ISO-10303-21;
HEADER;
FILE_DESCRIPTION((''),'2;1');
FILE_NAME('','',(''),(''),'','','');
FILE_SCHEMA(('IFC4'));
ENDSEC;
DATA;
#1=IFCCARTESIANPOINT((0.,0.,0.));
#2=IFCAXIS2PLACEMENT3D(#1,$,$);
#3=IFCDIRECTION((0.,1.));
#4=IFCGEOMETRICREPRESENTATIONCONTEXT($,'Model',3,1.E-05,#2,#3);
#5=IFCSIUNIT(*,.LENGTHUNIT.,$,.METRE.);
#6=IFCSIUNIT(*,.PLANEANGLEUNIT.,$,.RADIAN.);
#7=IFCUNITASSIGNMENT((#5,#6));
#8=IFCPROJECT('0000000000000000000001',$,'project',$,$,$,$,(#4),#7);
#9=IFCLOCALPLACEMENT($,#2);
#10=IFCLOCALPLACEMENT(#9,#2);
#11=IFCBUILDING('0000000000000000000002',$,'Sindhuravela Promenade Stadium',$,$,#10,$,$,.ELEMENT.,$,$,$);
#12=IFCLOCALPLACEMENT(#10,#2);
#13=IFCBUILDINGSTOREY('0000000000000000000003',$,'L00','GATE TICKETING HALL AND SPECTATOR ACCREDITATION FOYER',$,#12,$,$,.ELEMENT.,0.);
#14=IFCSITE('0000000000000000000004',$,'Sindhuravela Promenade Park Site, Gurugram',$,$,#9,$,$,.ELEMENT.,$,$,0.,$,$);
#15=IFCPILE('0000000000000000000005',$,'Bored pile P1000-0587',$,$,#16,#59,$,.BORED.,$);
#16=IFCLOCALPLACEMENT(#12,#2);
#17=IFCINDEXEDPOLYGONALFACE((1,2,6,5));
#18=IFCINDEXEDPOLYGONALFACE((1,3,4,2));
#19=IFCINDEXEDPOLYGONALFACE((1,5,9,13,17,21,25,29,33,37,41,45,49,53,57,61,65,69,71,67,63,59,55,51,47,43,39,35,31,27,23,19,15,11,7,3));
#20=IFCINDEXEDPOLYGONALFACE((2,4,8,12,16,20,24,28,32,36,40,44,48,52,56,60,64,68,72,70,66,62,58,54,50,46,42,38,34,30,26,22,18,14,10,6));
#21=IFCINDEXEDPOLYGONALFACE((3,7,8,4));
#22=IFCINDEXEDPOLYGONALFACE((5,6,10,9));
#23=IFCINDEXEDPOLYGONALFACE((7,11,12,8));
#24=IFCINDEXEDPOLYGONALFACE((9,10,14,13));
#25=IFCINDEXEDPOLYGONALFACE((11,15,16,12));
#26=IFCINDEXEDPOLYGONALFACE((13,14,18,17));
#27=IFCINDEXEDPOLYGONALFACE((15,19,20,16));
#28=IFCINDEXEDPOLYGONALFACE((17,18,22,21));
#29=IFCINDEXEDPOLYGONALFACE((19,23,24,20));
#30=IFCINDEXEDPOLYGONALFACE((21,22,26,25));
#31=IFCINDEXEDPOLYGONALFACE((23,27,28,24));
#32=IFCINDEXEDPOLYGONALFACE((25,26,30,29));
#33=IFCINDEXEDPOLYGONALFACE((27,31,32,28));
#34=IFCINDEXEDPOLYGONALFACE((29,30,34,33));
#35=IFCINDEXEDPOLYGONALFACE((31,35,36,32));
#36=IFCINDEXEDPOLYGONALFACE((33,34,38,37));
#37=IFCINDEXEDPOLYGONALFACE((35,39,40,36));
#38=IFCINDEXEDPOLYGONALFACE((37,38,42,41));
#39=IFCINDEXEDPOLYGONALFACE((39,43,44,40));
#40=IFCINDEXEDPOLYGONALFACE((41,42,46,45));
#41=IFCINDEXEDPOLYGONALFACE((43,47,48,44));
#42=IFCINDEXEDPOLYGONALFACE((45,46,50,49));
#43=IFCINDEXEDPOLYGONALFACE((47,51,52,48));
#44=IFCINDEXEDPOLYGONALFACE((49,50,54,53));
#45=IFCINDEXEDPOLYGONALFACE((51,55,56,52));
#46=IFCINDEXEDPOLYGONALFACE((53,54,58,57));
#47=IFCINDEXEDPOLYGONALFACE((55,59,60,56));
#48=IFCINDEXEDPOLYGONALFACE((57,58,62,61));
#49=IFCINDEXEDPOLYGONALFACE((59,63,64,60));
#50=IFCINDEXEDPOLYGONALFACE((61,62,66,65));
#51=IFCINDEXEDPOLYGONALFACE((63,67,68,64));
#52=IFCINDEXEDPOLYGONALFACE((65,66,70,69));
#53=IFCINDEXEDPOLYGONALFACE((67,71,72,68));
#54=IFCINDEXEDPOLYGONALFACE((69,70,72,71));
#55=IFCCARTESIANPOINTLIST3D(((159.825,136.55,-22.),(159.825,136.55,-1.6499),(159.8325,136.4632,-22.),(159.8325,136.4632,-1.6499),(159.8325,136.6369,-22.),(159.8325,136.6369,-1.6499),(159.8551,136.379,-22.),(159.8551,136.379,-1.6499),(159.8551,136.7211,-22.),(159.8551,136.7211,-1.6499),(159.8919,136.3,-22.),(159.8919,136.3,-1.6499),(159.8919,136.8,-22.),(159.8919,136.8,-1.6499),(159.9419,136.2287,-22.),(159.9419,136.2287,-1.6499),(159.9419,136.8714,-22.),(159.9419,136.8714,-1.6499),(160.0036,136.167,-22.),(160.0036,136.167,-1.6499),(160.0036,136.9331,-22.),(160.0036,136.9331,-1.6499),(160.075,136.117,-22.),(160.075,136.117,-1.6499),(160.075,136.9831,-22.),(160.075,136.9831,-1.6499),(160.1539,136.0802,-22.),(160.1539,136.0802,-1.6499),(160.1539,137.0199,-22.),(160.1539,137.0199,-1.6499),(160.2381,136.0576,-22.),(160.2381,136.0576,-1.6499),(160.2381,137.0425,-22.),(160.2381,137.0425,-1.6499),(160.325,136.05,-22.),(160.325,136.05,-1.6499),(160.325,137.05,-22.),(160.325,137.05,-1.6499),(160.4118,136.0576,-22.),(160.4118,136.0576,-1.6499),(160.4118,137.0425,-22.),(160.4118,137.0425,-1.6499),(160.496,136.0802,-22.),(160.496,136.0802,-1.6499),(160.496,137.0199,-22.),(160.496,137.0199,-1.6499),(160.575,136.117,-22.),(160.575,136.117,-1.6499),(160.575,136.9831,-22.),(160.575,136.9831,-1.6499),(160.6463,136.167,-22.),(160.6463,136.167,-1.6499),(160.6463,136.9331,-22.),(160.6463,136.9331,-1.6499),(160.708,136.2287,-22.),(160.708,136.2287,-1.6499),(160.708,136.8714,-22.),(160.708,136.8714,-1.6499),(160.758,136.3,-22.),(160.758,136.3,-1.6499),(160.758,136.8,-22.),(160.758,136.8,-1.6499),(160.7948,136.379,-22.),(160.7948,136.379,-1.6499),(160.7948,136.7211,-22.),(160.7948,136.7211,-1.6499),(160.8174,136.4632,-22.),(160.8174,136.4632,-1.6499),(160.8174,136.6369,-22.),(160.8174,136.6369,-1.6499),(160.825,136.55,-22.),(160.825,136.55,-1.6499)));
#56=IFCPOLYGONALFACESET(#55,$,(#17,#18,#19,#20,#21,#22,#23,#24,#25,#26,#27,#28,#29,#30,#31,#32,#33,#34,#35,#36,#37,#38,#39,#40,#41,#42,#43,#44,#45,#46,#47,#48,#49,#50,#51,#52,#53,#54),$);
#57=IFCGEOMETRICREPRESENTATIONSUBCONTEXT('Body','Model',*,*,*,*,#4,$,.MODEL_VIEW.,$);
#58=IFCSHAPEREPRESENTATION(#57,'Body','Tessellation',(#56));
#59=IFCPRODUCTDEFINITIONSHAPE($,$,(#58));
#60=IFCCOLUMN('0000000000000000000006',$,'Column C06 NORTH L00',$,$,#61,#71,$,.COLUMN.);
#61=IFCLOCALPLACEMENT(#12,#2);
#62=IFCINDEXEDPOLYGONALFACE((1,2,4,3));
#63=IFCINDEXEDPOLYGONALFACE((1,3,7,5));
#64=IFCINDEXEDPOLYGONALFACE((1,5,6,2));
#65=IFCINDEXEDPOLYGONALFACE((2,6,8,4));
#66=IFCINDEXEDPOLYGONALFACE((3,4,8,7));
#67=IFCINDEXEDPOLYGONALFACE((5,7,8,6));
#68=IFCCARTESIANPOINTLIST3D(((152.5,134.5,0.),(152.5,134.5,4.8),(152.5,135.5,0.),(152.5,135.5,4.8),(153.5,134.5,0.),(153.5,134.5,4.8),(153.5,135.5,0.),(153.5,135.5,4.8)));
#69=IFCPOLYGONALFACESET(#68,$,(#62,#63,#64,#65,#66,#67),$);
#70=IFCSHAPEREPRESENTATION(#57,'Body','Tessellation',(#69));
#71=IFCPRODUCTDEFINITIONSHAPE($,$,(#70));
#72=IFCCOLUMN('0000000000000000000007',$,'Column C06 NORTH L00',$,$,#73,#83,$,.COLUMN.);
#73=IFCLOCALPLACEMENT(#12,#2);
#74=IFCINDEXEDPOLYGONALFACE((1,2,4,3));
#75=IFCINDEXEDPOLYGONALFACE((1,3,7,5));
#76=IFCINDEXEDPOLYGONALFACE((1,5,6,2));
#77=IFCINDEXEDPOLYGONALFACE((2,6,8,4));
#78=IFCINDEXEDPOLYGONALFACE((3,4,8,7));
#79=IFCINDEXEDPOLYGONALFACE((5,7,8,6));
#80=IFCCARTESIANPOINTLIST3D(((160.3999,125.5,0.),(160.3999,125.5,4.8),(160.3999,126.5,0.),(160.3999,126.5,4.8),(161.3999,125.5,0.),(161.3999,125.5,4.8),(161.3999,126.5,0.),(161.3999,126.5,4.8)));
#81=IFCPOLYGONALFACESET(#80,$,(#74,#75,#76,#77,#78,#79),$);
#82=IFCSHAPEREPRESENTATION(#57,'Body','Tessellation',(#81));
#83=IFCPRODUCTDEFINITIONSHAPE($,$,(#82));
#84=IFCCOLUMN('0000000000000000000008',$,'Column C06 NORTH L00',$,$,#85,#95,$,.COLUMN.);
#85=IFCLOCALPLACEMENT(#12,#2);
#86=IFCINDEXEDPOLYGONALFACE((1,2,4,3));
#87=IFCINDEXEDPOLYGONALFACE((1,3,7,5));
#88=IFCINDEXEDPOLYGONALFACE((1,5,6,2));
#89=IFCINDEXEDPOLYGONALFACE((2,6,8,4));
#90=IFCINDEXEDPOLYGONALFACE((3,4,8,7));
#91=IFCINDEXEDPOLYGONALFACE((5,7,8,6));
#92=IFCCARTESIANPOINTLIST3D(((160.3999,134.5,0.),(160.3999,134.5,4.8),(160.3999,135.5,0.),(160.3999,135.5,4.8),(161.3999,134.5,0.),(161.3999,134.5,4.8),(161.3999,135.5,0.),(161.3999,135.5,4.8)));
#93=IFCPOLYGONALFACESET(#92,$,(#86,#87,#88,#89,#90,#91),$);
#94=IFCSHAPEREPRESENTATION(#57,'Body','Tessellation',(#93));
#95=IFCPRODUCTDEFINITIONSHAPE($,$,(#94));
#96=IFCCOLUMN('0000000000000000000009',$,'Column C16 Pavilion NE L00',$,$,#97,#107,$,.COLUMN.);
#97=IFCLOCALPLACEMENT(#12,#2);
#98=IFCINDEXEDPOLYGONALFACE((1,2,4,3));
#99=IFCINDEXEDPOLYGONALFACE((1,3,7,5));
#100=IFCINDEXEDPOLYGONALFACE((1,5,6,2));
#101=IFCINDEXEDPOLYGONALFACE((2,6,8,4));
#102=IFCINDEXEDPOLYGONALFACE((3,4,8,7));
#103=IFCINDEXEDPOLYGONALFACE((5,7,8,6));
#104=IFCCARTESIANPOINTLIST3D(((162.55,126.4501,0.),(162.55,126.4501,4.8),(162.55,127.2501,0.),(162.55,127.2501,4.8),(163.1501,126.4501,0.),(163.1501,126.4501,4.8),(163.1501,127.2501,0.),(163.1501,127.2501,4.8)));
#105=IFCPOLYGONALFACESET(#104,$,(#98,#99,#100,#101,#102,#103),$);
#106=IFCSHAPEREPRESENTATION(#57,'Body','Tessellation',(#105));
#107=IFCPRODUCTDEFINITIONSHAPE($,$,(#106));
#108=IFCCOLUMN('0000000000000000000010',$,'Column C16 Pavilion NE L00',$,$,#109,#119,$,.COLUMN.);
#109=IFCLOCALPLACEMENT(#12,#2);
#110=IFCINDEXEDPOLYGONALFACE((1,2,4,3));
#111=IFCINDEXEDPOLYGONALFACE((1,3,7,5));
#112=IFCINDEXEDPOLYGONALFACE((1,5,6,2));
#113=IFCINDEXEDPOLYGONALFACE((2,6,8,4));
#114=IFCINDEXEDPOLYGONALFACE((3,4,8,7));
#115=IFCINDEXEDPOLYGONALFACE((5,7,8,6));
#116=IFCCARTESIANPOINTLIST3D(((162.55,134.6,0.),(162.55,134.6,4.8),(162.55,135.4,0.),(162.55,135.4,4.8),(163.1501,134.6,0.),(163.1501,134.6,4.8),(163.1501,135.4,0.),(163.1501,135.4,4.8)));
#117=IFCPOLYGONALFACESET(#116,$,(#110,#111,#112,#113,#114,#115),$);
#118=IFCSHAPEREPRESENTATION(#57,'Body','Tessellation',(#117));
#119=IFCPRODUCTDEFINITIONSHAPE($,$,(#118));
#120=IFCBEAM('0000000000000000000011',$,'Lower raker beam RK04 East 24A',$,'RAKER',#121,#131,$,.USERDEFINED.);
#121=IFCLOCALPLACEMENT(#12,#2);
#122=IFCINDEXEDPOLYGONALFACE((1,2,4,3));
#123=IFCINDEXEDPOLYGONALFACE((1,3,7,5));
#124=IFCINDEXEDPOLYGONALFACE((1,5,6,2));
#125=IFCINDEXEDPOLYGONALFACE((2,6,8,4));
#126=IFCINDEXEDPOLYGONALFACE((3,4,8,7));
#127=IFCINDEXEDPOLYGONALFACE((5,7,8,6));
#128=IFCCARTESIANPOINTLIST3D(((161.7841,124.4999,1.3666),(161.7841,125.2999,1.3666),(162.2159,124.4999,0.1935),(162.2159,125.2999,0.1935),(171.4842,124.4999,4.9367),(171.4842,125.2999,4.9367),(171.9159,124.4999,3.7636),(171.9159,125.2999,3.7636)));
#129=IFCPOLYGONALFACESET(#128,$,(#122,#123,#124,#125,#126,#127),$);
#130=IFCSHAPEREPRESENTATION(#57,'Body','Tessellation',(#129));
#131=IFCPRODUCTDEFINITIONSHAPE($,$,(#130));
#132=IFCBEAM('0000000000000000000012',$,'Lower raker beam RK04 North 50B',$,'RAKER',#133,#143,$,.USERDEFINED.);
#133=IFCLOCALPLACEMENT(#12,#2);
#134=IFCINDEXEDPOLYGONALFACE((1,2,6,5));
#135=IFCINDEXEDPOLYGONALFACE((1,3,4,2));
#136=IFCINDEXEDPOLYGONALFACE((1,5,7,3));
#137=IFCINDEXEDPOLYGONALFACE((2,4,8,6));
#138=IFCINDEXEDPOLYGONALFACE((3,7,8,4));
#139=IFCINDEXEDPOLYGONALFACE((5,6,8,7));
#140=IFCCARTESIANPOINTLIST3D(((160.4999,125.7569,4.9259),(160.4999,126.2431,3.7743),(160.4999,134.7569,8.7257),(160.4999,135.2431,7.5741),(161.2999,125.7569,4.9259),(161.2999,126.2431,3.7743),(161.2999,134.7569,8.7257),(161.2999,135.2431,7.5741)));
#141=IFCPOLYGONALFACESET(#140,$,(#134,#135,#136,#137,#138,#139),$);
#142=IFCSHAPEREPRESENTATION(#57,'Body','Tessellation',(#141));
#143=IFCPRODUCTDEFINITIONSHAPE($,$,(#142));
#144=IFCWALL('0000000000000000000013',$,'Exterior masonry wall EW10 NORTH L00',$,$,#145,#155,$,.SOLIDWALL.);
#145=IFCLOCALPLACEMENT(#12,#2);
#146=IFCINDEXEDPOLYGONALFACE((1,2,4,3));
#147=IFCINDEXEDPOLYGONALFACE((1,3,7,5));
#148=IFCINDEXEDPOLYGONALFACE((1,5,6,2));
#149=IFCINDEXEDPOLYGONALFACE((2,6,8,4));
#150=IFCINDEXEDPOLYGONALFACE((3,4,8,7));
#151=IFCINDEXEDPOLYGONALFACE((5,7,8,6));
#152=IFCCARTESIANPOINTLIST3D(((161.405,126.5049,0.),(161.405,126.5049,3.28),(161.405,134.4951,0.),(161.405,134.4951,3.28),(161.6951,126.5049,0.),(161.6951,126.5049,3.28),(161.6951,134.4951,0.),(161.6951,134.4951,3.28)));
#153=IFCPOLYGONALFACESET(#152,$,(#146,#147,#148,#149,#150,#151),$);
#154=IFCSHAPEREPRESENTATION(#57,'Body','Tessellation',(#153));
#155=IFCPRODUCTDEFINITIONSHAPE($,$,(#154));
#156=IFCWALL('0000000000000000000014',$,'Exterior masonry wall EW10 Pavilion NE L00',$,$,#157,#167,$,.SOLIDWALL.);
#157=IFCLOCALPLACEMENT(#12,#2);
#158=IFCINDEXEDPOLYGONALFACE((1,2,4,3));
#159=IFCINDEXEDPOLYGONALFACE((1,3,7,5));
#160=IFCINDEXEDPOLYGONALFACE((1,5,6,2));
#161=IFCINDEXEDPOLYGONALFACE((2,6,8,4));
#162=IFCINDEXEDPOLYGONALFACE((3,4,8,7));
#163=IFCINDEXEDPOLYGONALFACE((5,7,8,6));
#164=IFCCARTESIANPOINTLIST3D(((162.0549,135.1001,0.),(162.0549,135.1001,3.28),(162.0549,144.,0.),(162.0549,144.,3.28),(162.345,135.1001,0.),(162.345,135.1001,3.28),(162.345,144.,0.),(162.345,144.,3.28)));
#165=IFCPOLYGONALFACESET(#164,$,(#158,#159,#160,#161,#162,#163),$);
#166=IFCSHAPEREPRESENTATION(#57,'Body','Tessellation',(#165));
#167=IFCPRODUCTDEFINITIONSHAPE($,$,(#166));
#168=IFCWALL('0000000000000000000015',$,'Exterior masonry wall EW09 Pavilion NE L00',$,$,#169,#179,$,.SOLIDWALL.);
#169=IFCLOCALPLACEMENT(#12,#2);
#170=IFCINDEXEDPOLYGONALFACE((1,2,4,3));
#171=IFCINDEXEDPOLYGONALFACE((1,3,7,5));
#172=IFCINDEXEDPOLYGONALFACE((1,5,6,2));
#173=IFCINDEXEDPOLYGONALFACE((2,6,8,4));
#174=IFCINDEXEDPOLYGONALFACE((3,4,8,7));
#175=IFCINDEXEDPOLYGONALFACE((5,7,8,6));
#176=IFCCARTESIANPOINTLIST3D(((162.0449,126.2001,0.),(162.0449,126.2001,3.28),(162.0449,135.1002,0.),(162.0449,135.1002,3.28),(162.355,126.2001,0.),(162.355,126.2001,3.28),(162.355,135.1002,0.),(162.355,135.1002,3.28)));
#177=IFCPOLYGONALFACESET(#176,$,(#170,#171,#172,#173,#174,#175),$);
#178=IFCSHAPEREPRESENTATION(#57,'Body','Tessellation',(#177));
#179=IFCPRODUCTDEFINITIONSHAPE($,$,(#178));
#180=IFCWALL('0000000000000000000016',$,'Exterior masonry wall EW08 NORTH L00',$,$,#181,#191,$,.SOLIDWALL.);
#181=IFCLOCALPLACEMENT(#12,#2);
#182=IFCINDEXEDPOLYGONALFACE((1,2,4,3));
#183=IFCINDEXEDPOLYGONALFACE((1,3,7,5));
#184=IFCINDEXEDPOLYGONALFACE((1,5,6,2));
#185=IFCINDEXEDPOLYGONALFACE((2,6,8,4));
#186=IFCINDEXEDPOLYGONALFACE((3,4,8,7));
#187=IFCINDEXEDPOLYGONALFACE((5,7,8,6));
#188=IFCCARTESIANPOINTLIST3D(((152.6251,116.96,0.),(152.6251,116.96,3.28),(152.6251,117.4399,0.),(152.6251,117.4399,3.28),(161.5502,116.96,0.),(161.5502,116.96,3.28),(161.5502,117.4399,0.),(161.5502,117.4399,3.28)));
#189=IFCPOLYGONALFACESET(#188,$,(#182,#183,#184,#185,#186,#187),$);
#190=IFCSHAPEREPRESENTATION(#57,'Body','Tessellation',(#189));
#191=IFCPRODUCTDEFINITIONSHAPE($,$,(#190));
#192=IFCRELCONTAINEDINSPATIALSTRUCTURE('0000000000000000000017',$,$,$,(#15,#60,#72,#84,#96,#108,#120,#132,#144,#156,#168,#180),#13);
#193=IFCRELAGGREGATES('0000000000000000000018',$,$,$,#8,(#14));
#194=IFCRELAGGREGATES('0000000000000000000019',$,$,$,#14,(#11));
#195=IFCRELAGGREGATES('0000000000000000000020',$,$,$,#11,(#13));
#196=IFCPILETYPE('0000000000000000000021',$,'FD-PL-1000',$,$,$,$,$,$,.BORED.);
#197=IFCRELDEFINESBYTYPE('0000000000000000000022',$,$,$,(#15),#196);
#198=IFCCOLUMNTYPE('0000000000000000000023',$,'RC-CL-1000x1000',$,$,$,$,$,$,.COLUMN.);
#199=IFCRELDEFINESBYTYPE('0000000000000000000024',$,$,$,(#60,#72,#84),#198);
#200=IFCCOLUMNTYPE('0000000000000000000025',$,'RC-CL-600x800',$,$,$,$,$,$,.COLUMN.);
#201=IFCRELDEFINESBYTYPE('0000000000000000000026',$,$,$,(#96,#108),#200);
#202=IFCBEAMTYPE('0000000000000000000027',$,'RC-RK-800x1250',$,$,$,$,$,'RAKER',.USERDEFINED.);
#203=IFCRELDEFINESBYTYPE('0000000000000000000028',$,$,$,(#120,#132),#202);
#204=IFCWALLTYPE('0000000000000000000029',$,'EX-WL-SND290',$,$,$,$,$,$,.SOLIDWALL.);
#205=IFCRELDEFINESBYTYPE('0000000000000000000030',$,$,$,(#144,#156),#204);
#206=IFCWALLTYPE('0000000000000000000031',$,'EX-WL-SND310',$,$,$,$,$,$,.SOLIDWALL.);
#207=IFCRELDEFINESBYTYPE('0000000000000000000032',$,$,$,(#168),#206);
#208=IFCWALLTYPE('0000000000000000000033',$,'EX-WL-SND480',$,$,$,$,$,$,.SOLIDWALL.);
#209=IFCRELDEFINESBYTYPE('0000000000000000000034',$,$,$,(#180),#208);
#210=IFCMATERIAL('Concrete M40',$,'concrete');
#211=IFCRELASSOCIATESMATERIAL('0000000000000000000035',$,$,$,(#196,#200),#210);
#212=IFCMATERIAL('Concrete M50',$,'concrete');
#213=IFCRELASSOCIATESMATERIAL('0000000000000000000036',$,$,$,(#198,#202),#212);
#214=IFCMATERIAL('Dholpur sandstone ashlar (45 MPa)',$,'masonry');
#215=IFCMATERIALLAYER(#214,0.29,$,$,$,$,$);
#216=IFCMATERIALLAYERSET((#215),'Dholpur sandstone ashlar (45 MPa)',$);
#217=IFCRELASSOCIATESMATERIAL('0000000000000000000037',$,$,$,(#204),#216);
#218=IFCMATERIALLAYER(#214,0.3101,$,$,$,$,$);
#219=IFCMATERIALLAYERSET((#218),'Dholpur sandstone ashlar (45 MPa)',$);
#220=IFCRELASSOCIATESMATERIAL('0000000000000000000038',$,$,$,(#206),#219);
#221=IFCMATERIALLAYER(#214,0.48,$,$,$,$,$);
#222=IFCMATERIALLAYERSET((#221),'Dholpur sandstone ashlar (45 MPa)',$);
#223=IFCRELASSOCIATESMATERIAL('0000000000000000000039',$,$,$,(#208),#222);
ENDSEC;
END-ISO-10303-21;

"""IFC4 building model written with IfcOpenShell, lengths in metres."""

from ifc_helpers import new_model, si_unit, direction, frame, frame_2d, origin, origin_2d, place, context, subcontext, project, spatial, rectangle, circle, extrude, material, layer, layer_set, material_profile, profile_set, type_object, element, save


model = new_model("IFC4")

# Units and contexts
model_context = context("Model", 3, precision=1e-05, world=origin(), true_north=direction((0.0, 1.0)))
body_context = subcontext(model_context, "Body", "Model", "MODEL_VIEW")
ifc_project = project(units=[si_unit("LENGTHUNIT", "METRE"), si_unit("PLANEANGLEUNIT", "RADIAN")], contexts=[model_context])

# Site, building, storey
site_placement = place(None, origin())
site = spatial("IfcSite", under=ifc_project, at=site_placement, Name="Sindhuravela Promenade Park Site, Gurugram", CompositionType="ELEMENT", RefElevation=0.0)
building_placement = place(site_placement, origin())
building = spatial("IfcBuilding", under=site, at=building_placement, Name="Sindhuravela Promenade Stadium", CompositionType="ELEMENT")
storey_placement = place(building_placement, origin())
storey = spatial("IfcBuildingStorey", under=building, at=storey_placement, Name="L00", Description="GATE TICKETING HALL AND SPECTATOR ACCREDITATION FOYER", CompositionType="ELEMENT", Elevation=0.0)

# Shared definitions
ifc_material_1 = material(Name="Concrete M50", Category="concrete")

# Pile
ifc_material_2 = material(Name="Concrete M40", Category="concrete")
ifc_material_profile_1 = material_profile(ifc_material_2, circle(Radius=0.5, at=origin_2d()), Name="BORED PILE D1000")
ifc_profile_set_1 = profile_set([ifc_material_profile_1], Name="Concrete M40")
pile_type = type_object("IfcPileType", Name="FD-PL-1000", PredefinedType="BORED", material=ifc_profile_set_1)
for number, where, z_axis, x_axis, name in (
    (1, (160.325, 136.55, -1.6499), (0.0, 0.0, -1.0), (1.0, 0.0, 0.0), "Bored pile P1000-0587"),
):
    element("IfcPile", number, at=place(storey_placement, frame(where, z_axis=z_axis, x_axis=x_axis)), inside=storey, type_object=pile_type, Name=name, PredefinedType="BORED", context=body_context, shape_type="SweptSolid", body=[
        extrude(circle(Radius=0.5, at=origin_2d()), origin(), (0.0, 0.0, 1.0), 20.3501),
    ])

# Columns
ifc_material_profile_2 = material_profile(ifc_material_1, rectangle(XDim=1.0, YDim=1.0, at=origin_2d()), Name="RC 1000x1000")
ifc_profile_set_2 = profile_set([ifc_material_profile_2], Name="Concrete M50")
column_type_1 = type_object("IfcColumnType", Name="RC-CL-1000x1000", PredefinedType="COLUMN", material=ifc_profile_set_2)
for number, where, z_axis, x_axis, name in (
    (2, (153.0, 135.0, 0.0), (0.0, 0.0, 1.0), (1.0, 0.0, 0.0), "Column C06 NORTH L00"),
    (3, (160.8999, 126.0, 0.0), (0.0, 0.0, 1.0), (1.0, 0.0, 0.0), "Column C06 NORTH L00"),
    (4, (160.8999, 135.0, 0.0), (0.0, 0.0, 1.0), (1.0, 0.0, 0.0), "Column C06 NORTH L00"),
):
    element("IfcColumn", number, at=place(storey_placement, frame(where, z_axis=z_axis, x_axis=x_axis)), inside=storey, type_object=column_type_1, Name=name, PredefinedType="COLUMN", context=body_context, shape_type="SweptSolid", body=[
        extrude(rectangle(XDim=1.0, YDim=1.0, at=origin_2d()), origin(), (0.0, 0.0, 1.0), 4.8),
    ])
ifc_material_profile_3 = material_profile(ifc_material_2, rectangle(XDim=0.6001, YDim=0.8, at=origin_2d()), Name="RC 600x800")
ifc_profile_set_3 = profile_set([ifc_material_profile_3], Name="Concrete M40")
column_type_2 = type_object("IfcColumnType", Name="RC-CL-600x800", PredefinedType="COLUMN", material=ifc_profile_set_3)
for number, where, z_axis, x_axis, name in (
    (5, (162.8501, 126.8501, 0.0), (0.0, 0.0, 1.0), (1.0, 0.0, 0.0), "Column C16 Pavilion NE L00"),
    (6, (162.8501, 135.0, 0.0), (0.0, 0.0, 1.0), (1.0, 0.0, 0.0), "Column C16 Pavilion NE L00"),
):
    element("IfcColumn", number, at=place(storey_placement, frame(where, z_axis=z_axis, x_axis=x_axis)), inside=storey, type_object=column_type_2, Name=name, PredefinedType="COLUMN", context=body_context, shape_type="SweptSolid", body=[
        extrude(rectangle(XDim=0.6001, YDim=0.8, at=origin_2d()), origin(), (0.0, 0.0, 1.0), 4.8),
    ])

# Beams
ifc_material_profile_4 = material_profile(ifc_material_1, rectangle(XDim=0.8, YDim=1.25, at=origin_2d()), Name="RC 800x1250")
ifc_profile_set_4 = profile_set([ifc_material_profile_4], Name="Concrete M50")
beam_type = type_object("IfcBeamType", Name="RC-RK-800x1250", ElementType="RAKER", PredefinedType="USERDEFINED", material=ifc_profile_set_4)
beam_1_placement = place(storey_placement, frame((162.0, 124.8999, 0.78), z_axis=(0.938456, 0.0, 0.345399), x_axis=(0.0, 1.0, 0.0)))
element("IfcBeam", 7, at=beam_1_placement, inside=storey, type_object=beam_type, Name="Lower raker beam RK04 East 24A", ObjectType="RAKER", PredefinedType="USERDEFINED", context=body_context, shape_type="SweptSolid", body=[
    extrude(rectangle(XDim=0.8, YDim=1.25, at=origin_2d()), origin(), (0.0, 0.0, 1.0), 10.3362),
])
beam_2_placement = place(storey_placement, frame((160.8999, 126.0, 4.3501), z_axis=(0.0, 0.921257, 0.388955), x_axis=(-1.0, 0.0, 0.0)))
element("IfcBeam", 8, at=beam_2_placement, inside=storey, type_object=beam_type, Name="Lower raker beam RK04 North 50B", ObjectType="RAKER", PredefinedType="USERDEFINED", context=body_context, shape_type="SweptSolid", body=[
    extrude(rectangle(XDim=0.8, YDim=1.25, at=origin_2d()), origin(), (0.0, 0.0, 1.0), 9.7693),
])

# Walls
ifc_material_3 = material(Name="Dholpur sandstone ashlar (45 MPa)", Category="masonry")
ifc_layer_1 = layer(ifc_material_3, 0.29)
ifc_layer_set_1 = layer_set([ifc_layer_1], Name="Dholpur sandstone ashlar (45 MPa)")
wall_type_1 = type_object("IfcWallType", Name="EX-WL-SND290", PredefinedType="SOLIDWALL", material=ifc_layer_set_1)
wall_1_placement = place(storey_placement, frame((161.55, 134.4951, 0.0), z_axis=(0.0, 0.0, 1.0), x_axis=(0.0, -1.0, 0.0)))
element("IfcWall", 9, at=wall_1_placement, inside=storey, type_object=wall_type_1, Name="Exterior masonry wall EW10 NORTH L00", PredefinedType="SOLIDWALL", context=body_context, shape_type="SweptSolid", body=[
    extrude(rectangle(XDim=7.9902, YDim=0.29, at=frame_2d((3.9951, 0.0))), origin(), (0.0, 0.0, 1.0), 3.28),
])
wall_2_placement = place(storey_placement, frame((162.2, 135.1001, 0.0), z_axis=(0.0, 0.0, 1.0), x_axis=(0.0, 1.0, 0.0)))
element("IfcWall", 10, at=wall_2_placement, inside=storey, type_object=wall_type_1, Name="Exterior masonry wall EW10 Pavilion NE L00", PredefinedType="SOLIDWALL", context=body_context, shape_type="SweptSolid", body=[
    extrude(rectangle(XDim=8.8999, YDim=0.29, at=frame_2d((4.45, 0.0))), origin(), (0.0, 0.0, 1.0), 3.28),
])
ifc_layer_2 = layer(ifc_material_3, 0.3101)
ifc_layer_set_2 = layer_set([ifc_layer_2], Name="Dholpur sandstone ashlar (45 MPa)")
wall_type_2 = type_object("IfcWallType", Name="EX-WL-SND310", PredefinedType="SOLIDWALL", material=ifc_layer_set_2)
wall_3_placement = place(storey_placement, frame((162.2, 126.2, 0.0), z_axis=(0.0, 0.0, 1.0), x_axis=(0.0, 1.0, 0.0)))
element("IfcWall", 11, at=wall_3_placement, inside=storey, type_object=wall_type_2, Name="Exterior masonry wall EW09 Pavilion NE L00", PredefinedType="SOLIDWALL", context=body_context, shape_type="SweptSolid", body=[
    extrude(rectangle(XDim=8.9001, YDim=0.3101, at=frame_2d((4.4502, 0.0))), origin(), (0.0, 0.0, 1.0), 3.28),
])
ifc_layer_3 = layer(ifc_material_3, 0.48)
ifc_layer_set_3 = layer_set([ifc_layer_3], Name="Dholpur sandstone ashlar (45 MPa)")
wall_type_3 = type_object("IfcWallType", Name="EX-WL-SND480", PredefinedType="SOLIDWALL", material=ifc_layer_set_3)
wall_4_placement = place(storey_placement, frame((161.55, 117.2, 0.0), z_axis=(0.0, 0.0, 1.0), x_axis=(-1.0, 0.0, 0.0)))
element("IfcWall", 12, at=wall_4_placement, inside=storey, type_object=wall_type_3, Name="Exterior masonry wall EW08 NORTH L00", PredefinedType="SOLIDWALL", context=body_context, shape_type="SweptSolid", body=[
    extrude(rectangle(XDim=8.925, YDim=0.48, at=frame_2d((4.4624, 0.0))), origin(), (0.0, 0.0, 1.0), 3.28),
])

save(model, "model.ifc")
